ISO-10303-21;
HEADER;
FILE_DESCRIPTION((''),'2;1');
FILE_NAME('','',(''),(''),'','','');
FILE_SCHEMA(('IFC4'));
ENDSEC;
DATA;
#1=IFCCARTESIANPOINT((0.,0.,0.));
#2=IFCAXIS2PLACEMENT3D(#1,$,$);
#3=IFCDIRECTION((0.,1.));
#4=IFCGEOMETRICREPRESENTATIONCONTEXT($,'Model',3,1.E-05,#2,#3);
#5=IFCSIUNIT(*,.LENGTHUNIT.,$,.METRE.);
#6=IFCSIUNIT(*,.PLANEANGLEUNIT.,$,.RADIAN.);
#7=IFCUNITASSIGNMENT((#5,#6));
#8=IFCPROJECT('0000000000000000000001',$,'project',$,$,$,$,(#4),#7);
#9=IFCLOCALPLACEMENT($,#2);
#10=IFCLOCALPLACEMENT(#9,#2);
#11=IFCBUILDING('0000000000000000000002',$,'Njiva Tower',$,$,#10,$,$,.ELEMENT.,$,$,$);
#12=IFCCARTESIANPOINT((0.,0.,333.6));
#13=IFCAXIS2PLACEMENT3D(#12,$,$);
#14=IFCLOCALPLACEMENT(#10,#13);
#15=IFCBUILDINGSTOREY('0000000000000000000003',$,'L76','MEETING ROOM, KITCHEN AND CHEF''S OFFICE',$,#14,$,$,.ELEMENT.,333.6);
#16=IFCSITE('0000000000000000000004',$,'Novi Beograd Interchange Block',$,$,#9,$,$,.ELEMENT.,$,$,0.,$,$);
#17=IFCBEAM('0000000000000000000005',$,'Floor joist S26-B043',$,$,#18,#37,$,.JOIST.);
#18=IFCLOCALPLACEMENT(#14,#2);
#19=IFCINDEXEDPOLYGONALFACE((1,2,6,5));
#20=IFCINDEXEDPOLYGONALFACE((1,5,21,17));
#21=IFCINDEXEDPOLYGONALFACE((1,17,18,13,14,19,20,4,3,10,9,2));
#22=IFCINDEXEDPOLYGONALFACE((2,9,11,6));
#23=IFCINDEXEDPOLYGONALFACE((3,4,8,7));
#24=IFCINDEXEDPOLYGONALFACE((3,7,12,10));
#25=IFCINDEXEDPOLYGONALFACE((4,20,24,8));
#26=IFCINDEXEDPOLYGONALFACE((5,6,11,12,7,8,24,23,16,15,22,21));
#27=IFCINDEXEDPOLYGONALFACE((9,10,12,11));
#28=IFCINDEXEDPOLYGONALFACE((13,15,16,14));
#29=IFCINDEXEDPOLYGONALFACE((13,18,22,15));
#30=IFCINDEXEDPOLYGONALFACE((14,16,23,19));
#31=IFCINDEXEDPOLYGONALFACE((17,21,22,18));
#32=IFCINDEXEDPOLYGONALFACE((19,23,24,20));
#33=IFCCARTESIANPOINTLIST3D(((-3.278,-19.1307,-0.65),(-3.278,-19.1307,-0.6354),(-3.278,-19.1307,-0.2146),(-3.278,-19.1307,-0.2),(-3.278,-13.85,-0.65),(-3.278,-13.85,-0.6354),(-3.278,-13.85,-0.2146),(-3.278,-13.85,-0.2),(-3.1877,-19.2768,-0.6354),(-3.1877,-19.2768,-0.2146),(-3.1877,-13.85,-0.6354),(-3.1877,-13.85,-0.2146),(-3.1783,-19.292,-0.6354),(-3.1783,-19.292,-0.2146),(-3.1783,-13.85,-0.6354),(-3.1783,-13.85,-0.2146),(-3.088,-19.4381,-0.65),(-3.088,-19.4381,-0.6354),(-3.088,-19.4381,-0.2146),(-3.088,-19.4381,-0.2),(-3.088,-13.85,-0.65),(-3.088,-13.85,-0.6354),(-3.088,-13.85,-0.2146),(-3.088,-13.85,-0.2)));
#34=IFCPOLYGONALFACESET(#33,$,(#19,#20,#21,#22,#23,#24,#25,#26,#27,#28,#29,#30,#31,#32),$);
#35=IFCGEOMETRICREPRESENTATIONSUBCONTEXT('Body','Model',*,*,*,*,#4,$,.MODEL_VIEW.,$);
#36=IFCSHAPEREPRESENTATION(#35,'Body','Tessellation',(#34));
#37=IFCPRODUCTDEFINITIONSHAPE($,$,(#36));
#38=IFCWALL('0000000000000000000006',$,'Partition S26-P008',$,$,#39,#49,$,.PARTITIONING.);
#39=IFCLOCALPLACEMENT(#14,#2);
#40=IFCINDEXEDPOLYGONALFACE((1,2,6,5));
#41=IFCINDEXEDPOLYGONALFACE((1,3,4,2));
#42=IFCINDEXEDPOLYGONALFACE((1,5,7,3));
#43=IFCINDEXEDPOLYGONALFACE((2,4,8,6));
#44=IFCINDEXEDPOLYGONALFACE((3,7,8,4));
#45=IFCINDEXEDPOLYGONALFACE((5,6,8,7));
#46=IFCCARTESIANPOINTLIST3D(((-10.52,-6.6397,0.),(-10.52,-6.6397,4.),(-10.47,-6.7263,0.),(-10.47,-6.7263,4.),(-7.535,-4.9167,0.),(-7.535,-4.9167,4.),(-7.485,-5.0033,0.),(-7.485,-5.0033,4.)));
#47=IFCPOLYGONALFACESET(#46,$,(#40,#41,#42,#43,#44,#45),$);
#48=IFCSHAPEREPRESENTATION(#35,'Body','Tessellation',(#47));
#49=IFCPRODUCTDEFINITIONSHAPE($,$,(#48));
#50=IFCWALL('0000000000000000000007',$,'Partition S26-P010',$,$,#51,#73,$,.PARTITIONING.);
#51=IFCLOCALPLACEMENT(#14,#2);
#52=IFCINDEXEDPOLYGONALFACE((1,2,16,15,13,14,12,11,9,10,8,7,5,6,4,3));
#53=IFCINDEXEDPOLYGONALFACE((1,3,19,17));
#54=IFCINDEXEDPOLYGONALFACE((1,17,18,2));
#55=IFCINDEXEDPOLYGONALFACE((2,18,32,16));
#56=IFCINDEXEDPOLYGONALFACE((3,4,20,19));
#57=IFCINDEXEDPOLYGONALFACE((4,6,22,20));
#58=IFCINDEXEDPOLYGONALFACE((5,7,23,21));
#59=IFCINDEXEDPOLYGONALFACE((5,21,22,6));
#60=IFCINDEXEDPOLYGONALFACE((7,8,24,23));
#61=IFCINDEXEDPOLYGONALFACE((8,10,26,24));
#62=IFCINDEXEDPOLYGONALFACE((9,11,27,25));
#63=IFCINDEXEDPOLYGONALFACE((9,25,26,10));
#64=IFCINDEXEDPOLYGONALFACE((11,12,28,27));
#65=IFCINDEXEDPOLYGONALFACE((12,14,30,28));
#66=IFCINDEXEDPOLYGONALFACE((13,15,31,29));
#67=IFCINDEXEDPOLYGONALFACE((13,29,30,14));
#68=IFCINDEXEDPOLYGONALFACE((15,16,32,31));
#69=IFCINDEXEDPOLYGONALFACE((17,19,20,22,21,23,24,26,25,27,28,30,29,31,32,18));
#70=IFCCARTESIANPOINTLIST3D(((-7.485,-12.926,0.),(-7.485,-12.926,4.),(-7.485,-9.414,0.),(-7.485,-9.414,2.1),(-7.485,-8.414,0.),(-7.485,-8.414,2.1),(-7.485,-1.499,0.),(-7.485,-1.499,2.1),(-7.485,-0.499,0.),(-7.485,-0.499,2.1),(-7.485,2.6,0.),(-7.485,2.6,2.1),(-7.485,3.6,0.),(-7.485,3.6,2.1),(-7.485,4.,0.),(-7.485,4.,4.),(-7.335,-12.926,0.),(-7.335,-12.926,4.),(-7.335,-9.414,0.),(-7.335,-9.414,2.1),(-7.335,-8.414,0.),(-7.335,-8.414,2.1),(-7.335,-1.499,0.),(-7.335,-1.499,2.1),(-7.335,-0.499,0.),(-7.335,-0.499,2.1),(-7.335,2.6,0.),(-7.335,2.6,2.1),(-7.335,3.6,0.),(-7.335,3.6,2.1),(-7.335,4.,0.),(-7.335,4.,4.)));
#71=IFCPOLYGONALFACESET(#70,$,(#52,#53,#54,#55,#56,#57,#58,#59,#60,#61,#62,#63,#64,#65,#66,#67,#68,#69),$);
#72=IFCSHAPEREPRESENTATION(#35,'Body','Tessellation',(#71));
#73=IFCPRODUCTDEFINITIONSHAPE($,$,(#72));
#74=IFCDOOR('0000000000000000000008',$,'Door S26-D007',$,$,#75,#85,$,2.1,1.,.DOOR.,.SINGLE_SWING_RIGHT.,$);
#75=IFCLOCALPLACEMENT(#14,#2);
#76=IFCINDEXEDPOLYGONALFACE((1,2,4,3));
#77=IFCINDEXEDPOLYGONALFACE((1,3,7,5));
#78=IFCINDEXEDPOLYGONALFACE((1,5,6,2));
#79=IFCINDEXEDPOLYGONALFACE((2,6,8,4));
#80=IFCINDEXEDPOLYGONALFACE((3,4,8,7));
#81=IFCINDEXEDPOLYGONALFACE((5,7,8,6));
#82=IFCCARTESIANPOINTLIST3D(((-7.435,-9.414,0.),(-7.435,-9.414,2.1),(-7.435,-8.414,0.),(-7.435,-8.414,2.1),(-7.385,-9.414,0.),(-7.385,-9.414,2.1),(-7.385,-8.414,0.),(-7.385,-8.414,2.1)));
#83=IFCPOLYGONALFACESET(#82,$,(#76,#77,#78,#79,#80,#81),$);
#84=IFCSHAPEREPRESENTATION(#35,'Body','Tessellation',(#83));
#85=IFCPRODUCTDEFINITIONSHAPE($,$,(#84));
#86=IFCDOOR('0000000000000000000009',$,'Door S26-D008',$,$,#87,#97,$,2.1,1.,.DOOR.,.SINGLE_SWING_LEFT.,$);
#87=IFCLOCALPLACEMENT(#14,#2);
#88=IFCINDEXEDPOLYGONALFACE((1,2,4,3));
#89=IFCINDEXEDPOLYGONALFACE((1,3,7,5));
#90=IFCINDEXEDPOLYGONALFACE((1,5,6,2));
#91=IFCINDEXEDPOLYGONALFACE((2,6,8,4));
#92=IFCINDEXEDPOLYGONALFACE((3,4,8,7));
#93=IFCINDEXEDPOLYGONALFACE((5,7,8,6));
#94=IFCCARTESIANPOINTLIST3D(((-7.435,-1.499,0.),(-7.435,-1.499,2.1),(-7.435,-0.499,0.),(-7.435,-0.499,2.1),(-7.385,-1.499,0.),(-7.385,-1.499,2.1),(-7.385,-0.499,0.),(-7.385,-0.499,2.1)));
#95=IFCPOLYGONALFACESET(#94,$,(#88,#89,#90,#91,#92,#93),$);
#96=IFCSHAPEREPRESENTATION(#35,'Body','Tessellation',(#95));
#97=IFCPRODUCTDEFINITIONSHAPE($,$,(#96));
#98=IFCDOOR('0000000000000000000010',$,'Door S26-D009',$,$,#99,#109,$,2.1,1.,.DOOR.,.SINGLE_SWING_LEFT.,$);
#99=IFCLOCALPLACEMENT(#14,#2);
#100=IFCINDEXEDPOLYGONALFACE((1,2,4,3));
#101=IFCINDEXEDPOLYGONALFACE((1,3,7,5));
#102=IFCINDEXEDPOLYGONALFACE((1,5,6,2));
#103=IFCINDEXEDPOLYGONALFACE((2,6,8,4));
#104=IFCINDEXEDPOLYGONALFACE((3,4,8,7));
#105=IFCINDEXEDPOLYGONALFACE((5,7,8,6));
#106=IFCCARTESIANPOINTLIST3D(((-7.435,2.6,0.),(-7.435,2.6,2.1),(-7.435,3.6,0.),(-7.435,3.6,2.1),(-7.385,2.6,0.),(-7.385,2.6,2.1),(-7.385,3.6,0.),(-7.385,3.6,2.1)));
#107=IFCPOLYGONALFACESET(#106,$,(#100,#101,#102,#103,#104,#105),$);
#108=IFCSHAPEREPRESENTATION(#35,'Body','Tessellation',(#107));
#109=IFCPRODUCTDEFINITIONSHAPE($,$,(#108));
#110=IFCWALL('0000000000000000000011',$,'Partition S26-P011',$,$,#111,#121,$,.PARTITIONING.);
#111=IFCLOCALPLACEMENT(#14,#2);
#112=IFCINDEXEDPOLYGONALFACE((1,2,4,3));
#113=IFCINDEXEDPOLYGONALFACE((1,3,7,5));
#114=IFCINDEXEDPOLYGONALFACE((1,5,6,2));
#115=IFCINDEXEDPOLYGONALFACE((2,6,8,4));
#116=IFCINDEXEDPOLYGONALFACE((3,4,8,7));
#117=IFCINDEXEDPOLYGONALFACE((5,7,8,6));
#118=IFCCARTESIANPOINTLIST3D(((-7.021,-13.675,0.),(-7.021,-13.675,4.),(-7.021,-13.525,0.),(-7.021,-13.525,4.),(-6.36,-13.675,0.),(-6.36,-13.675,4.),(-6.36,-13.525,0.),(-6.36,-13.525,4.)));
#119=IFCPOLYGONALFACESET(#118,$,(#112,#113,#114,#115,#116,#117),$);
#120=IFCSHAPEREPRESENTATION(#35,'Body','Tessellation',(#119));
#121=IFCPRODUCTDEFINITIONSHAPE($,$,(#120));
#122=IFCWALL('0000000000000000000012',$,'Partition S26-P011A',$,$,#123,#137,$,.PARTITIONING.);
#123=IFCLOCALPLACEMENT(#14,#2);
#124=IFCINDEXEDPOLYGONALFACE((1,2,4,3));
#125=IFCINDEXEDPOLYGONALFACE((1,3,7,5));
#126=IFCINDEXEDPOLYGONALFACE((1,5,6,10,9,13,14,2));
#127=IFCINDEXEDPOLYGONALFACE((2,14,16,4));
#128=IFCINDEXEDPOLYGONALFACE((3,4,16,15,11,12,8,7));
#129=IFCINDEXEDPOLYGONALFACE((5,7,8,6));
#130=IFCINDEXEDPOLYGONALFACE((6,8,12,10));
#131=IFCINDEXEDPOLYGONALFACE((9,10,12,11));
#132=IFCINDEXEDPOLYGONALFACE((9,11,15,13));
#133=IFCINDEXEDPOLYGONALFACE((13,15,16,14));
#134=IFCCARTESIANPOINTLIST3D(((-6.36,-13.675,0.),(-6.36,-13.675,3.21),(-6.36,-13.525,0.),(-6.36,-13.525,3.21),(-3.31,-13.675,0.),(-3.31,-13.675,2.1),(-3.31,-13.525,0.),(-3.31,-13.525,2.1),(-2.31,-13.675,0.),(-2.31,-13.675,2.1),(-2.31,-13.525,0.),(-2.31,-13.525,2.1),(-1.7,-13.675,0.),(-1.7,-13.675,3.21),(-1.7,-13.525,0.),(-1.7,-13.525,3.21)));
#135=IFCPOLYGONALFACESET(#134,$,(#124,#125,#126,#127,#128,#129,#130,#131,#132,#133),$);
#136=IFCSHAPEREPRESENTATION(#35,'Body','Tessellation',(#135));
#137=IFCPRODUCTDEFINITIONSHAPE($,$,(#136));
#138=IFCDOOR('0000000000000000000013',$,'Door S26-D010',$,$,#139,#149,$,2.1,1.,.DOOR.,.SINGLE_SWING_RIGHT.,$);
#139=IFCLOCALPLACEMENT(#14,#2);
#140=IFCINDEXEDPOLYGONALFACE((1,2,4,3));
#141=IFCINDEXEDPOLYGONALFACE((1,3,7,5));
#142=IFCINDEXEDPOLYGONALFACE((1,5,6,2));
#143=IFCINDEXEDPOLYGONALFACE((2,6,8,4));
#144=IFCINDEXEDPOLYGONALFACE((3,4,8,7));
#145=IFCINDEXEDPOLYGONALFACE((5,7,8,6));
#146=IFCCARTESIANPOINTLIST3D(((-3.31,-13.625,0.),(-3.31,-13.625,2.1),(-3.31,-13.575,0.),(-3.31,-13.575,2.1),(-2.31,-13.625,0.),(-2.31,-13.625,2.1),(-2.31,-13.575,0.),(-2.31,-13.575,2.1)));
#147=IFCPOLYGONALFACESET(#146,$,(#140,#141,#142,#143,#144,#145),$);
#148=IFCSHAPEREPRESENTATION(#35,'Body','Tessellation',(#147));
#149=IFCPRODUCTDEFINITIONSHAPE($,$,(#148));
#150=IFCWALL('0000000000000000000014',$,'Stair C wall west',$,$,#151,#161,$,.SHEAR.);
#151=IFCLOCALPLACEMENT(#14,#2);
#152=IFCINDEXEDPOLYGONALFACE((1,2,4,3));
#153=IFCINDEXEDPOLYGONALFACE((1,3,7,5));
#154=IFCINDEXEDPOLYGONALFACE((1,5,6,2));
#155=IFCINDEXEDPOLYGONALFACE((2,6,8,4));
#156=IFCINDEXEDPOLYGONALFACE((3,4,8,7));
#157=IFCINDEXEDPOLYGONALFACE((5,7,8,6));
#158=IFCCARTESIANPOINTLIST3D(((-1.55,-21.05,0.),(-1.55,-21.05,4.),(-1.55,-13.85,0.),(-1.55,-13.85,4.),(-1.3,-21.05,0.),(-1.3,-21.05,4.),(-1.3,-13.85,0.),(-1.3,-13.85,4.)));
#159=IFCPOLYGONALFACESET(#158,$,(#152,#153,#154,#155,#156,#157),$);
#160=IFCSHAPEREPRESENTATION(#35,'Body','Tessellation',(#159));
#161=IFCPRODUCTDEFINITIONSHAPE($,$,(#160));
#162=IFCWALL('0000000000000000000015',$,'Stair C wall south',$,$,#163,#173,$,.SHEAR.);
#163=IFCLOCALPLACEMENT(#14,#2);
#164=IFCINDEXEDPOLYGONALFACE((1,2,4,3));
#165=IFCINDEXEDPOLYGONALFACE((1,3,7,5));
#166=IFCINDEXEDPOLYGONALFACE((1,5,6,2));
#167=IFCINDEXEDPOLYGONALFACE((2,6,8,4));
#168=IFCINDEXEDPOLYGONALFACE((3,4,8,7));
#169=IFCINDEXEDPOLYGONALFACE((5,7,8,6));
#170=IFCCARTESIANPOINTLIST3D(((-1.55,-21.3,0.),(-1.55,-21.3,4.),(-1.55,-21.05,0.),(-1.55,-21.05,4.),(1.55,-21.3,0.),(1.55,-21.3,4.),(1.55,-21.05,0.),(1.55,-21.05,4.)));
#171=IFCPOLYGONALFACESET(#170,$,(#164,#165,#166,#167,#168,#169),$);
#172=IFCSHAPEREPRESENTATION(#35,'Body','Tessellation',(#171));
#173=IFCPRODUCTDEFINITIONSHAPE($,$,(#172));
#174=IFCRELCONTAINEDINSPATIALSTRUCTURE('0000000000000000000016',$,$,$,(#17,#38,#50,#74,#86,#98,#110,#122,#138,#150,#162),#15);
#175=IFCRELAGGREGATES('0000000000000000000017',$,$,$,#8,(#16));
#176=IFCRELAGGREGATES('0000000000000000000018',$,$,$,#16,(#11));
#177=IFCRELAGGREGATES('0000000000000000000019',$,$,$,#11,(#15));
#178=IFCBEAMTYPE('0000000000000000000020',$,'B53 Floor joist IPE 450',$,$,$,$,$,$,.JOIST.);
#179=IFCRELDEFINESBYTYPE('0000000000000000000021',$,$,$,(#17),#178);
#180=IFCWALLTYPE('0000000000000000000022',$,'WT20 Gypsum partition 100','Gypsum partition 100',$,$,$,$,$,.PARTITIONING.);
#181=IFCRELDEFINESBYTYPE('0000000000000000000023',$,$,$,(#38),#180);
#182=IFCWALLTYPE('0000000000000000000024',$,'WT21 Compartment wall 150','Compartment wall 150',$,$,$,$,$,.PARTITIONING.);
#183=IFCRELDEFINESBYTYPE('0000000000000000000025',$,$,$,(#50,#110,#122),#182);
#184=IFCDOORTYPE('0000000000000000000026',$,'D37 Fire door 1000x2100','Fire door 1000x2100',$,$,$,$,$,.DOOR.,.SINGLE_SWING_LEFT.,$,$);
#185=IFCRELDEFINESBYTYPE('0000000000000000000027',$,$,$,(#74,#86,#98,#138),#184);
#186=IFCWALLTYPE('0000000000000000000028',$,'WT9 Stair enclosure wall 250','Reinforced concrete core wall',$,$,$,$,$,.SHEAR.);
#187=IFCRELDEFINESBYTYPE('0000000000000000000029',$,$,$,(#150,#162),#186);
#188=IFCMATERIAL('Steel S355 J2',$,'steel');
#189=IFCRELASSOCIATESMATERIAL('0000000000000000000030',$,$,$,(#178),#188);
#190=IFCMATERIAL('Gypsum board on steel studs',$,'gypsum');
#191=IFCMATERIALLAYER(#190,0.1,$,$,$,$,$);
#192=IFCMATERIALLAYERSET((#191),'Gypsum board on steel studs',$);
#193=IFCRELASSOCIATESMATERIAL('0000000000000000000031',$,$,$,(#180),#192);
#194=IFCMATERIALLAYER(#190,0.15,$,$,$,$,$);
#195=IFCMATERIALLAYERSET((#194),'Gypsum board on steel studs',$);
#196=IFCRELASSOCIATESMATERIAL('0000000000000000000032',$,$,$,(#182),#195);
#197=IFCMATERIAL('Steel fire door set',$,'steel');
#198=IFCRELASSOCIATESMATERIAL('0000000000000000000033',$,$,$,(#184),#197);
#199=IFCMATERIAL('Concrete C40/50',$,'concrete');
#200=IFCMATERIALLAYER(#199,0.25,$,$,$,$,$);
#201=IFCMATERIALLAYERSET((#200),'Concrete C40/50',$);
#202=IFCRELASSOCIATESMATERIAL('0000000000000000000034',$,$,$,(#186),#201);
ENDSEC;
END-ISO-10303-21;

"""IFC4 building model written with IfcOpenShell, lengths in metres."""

from ifc_helpers import new_model, si_unit, direction, frame, frame_2d, origin, origin_2d, place, context, subcontext, project, spatial, rectangle, i_section, extrude, clip, halfspace, material, layer, layer_set, material_profile, profile_set, type_object, element, fill, save


model = new_model("IFC4")

# Units and contexts
model_context = context("Model", 3, precision=1e-05, world=origin(), true_north=direction((0.0, 1.0)))
body_context = subcontext(model_context, "Body", "Model", "MODEL_VIEW")
ifc_project = project(units=[si_unit("LENGTHUNIT", "METRE"), si_unit("PLANEANGLEUNIT", "RADIAN")], contexts=[model_context])

# Site, building, storey
site_placement = place(None, origin())
site = spatial("IfcSite", under=ifc_project, at=site_placement, Name="Novi Beograd Interchange Block", CompositionType="ELEMENT", RefElevation=0.0)
building_placement = place(site_placement, origin())
building = spatial("IfcBuilding", under=site, at=building_placement, Name="Njiva Tower", CompositionType="ELEMENT")
storey_placement = place(building_placement, frame((0.0, 0.0, 333.6)))
storey = spatial("IfcBuildingStorey", under=building, at=storey_placement, Name="L76", Description="MEETING ROOM, KITCHEN AND CHEF'S OFFICE", CompositionType="ELEMENT", Elevation=333.6)

# Shared definitions
ifc_material_1 = material(Name="Steel S355 J2", Category="steel")

# Beam
ifc_material_profile_1 = material_profile(ifc_material_1, i_section(OverallWidth=0.19, OverallDepth=0.45, WebThickness=0.0094, FlangeThickness=0.0146, at=origin_2d()), Name="IPE 450")
ifc_profile_set_1 = profile_set([ifc_material_profile_1], Name="Steel S355 J2")
beam_type_1 = type_object("IfcBeamType", Name="B53 Floor joist IPE 450", PredefinedType="JOIST", material=ifc_profile_set_1)
beam_1_placement = place(storey_placement, frame((-3.183, -13.85, -0.425), z_axis=(0.0, -1.0, 0.0), x_axis=(1.0, 0.0, 0.0)))
element("IfcBeam", 1, at=beam_1_placement, inside=storey, type_object=beam_type_1, Name="Floor joist S26-B043", PredefinedType="JOIST", context=body_context, shape_type="Clipping", body=[
    clip(extrude(i_section(OverallWidth=0.19, OverallDepth=0.45, WebThickness=0.0094, FlangeThickness=0.0146, at=origin_2d()), origin(), (0.0, 0.0, 1.0), 5.608), halfspace(frame((-0.0429, 0.0, 5.365), z_axis=(-0.850616, 0.0, 0.525788), x_axis=(0.0, 1.0, 0.0)), False)),
])

# Wall
ifc_material_2 = material(Name="Gypsum board on steel studs", Category="gypsum")
ifc_layer_1 = layer(ifc_material_2, 0.1)
ifc_layer_set_1 = layer_set([ifc_layer_1], Name="Gypsum board on steel studs")
wall_type_1 = type_object("IfcWallType", Name="WT20 Gypsum partition 100", Description="Gypsum partition 100", PredefinedType="PARTITIONING", material=ifc_layer_set_1)
wall_1_placement = place(storey_placement, frame((-10.495, -6.683, 0.0), z_axis=(0.0, 0.0, 1.0), x_axis=(0.866074, 0.499915, 0.0)))
element("IfcWall", 2, at=wall_1_placement, inside=storey, type_object=wall_type_1, Name="Partition S26-P008", PredefinedType="PARTITIONING", context=body_context, shape_type="SweptSolid", body=[
    extrude(rectangle(XDim=3.4466, YDim=0.1, at=frame_2d((1.7233, 0.0))), origin(), (0.0, 0.0, 1.0), 4.0),
])

# Wall, openings, doors
ifc_layer_2 = layer(ifc_material_2, 0.15)
ifc_layer_set_2 = layer_set([ifc_layer_2], Name="Gypsum board on steel studs")
wall_type_2 = type_object("IfcWallType", Name="WT21 Compartment wall 150", Description="Compartment wall 150", PredefinedType="PARTITIONING", material=ifc_layer_set_2)
wall_2_placement = place(storey_placement, frame((-7.41, -12.926, 0.0), z_axis=(0.0, 0.0, 1.0), x_axis=(0.0, 1.0, 0.0)))
wall_2 = element("IfcWall", 3, at=wall_2_placement, inside=storey, type_object=wall_type_2, Name="Partition S26-P010", PredefinedType="PARTITIONING", context=body_context, shape_type="SweptSolid", body=[
    extrude(rectangle(XDim=16.926, YDim=0.15, at=frame_2d((8.463, 0.0))), origin(), (0.0, 0.0, 1.0), 4.0),
])
opening_1_placement = place(wall_2_placement, frame((3.512, 0.0, 0.0)))
opening_1 = element("IfcOpeningElement", 4, at=opening_1_placement, cuts=wall_2, PredefinedType="OPENING", context=body_context, shape_type="SweptSolid", body=[
    extrude(rectangle(XDim=1.0, YDim=2.1, at=frame_2d((0.5, 1.05))), frame((0.0, 0.085, 0.0), z_axis=(0.0, -1.0, 0.0), x_axis=(1.0, 0.0, 0.0)), (0.0, 0.0, 1.0), 0.17),
])
opening_2_placement = place(wall_2_placement, frame((11.427, 0.0, 0.0)))
opening_2 = element("IfcOpeningElement", 5, at=opening_2_placement, cuts=wall_2, PredefinedType="OPENING", context=body_context, shape_type="SweptSolid", body=[
    extrude(rectangle(XDim=1.0, YDim=2.1, at=frame_2d((0.5, 1.05))), frame((0.0, 0.085, 0.0), z_axis=(0.0, -1.0, 0.0), x_axis=(1.0, 0.0, 0.0)), (0.0, 0.0, 1.0), 0.17),
])
opening_3_placement = place(wall_2_placement, frame((15.526, 0.0, 0.0)))
opening_3 = element("IfcOpeningElement", 6, at=opening_3_placement, cuts=wall_2, PredefinedType="OPENING", context=body_context, shape_type="SweptSolid", body=[
    extrude(rectangle(XDim=1.0, YDim=2.1, at=frame_2d((0.5, 1.05))), frame((0.0, 0.085, 0.0), z_axis=(0.0, -1.0, 0.0), x_axis=(1.0, 0.0, 0.0)), (0.0, 0.0, 1.0), 0.17),
])
ifc_material_3 = material(Name="Steel fire door set", Category="steel")
door_type = type_object("IfcDoorType", Name="D37 Fire door 1000x2100", Description="Fire door 1000x2100", OperationType="SINGLE_SWING_LEFT", PredefinedType="DOOR", material=ifc_material_3)
door_1_placement = place(opening_1_placement, origin())
door_1 = element("IfcDoor", 7, at=door_1_placement, inside=storey, type_object=door_type, Name="Door S26-D007", OperationType="SINGLE_SWING_RIGHT", OverallHeight=2.1, OverallWidth=1.0, PredefinedType="DOOR", context=body_context, shape_type="SweptSolid", body=[
    extrude(rectangle(XDim=1.0, YDim=2.1, at=frame_2d((0.5, 1.05))), frame((0.0, 0.025, 0.0), z_axis=(0.0, -1.0, 0.0), x_axis=(1.0, 0.0, 0.0)), (0.0, 0.0, 1.0), 0.05),
])
fill(opening_1, door_1)
door_2_placement = place(opening_2_placement, origin())
door_2 = element("IfcDoor", 8, at=door_2_placement, inside=storey, type_object=door_type, Name="Door S26-D008", OperationType="SINGLE_SWING_LEFT", OverallHeight=2.1, OverallWidth=1.0, PredefinedType="DOOR", context=body_context, shape_type="SweptSolid", body=[
    extrude(rectangle(XDim=1.0, YDim=2.1, at=frame_2d((0.5, 1.05))), frame((0.0, 0.025, 0.0), z_axis=(0.0, -1.0, 0.0), x_axis=(1.0, 0.0, 0.0)), (0.0, 0.0, 1.0), 0.05),
])
fill(opening_2, door_2)
door_3_placement = place(opening_3_placement, origin())
door_3 = element("IfcDoor", 9, at=door_3_placement, inside=storey, type_object=door_type, Name="Door S26-D009", OperationType="SINGLE_SWING_LEFT", OverallHeight=2.1, OverallWidth=1.0, PredefinedType="DOOR", context=body_context, shape_type="SweptSolid", body=[
    extrude(rectangle(XDim=1.0, YDim=2.1, at=frame_2d((0.5, 1.05))), frame((0.0, 0.025, 0.0), z_axis=(0.0, -1.0, 0.0), x_axis=(1.0, 0.0, 0.0)), (0.0, 0.0, 1.0), 0.05),
])
fill(opening_3, door_3)

# Wall
wall_3_placement = place(storey_placement, frame((-7.021, -13.6, 0.0), z_axis=(0.0, 0.0, 1.0), x_axis=(1.0, 0.0, 0.0)))
element("IfcWall", 10, at=wall_3_placement, inside=storey, type_object=wall_type_2, Name="Partition S26-P011", PredefinedType="PARTITIONING", context=body_context, shape_type="SweptSolid", body=[
    extrude(rectangle(XDim=0.661, YDim=0.15, at=frame_2d((0.3305, 0.0))), origin(), (0.0, 0.0, 1.0), 4.0),
])

# Wall, opening, door
wall_4_placement = place(storey_placement, frame((-6.36, -13.6, 0.0), z_axis=(0.0, 0.0, 1.0), x_axis=(1.0, 0.0, 0.0)))
wall_4 = element("IfcWall", 11, at=wall_4_placement, inside=storey, type_object=wall_type_2, Name="Partition S26-P011A", PredefinedType="PARTITIONING", context=body_context, shape_type="SweptSolid", body=[
    extrude(rectangle(XDim=4.66, YDim=0.15, at=frame_2d((2.33, 0.0))), origin(), (0.0, 0.0, 1.0), 3.21),
])
opening_4_placement = place(wall_4_placement, frame((3.05, 0.0, 0.0)))
opening_4 = element("IfcOpeningElement", 12, at=opening_4_placement, cuts=wall_4, PredefinedType="OPENING", context=body_context, shape_type="SweptSolid", body=[
    extrude(rectangle(XDim=1.0, YDim=2.1, at=frame_2d((0.5, 1.05))), frame((0.0, 0.085, 0.0), z_axis=(0.0, -1.0, 0.0), x_axis=(1.0, 0.0, 0.0)), (0.0, 0.0, 1.0), 0.17),
])
door_4_placement = place(opening_4_placement, origin())
door_4 = element("IfcDoor", 13, at=door_4_placement, inside=storey, type_object=door_type, Name="Door S26-D010", OperationType="SINGLE_SWING_RIGHT", OverallHeight=2.1, OverallWidth=1.0, PredefinedType="DOOR", context=body_context, shape_type="SweptSolid", body=[
    extrude(rectangle(XDim=1.0, YDim=2.1, at=frame_2d((0.5, 1.05))), frame((0.0, 0.025, 0.0), z_axis=(0.0, -1.0, 0.0), x_axis=(1.0, 0.0, 0.0)), (0.0, 0.0, 1.0), 0.05),
])
fill(opening_4, door_4)

# Walls
ifc_material_4 = material(Name="Concrete C40/50", Category="concrete")
ifc_layer_3 = layer(ifc_material_4, 0.25)
ifc_layer_set_3 = layer_set([ifc_layer_3], Name="Concrete C40/50")
wall_type_3 = type_object("IfcWallType", Name="WT9 Stair enclosure wall 250", Description="Reinforced concrete core wall", PredefinedType="SHEAR", material=ifc_layer_set_3)
wall_5_placement = place(storey_placement, frame((-1.425, -21.05, 0.0), z_axis=(0.0, 0.0, 1.0), x_axis=(0.0, 1.0, 0.0)))
element("IfcWall", 14, at=wall_5_placement, inside=storey, type_object=wall_type_3, Name="Stair C wall west", PredefinedType="SHEAR", context=body_context, shape_type="SweptSolid", body=[
    extrude(rectangle(XDim=7.2, YDim=0.25, at=frame_2d((3.6, 0.0))), origin(), (0.0, 0.0, 1.0), 4.0),
])
for number, where, z_axis, x_axis, name in (
    (15, (-1.55, -21.175, 0.0), (0.0, 0.0, 1.0), (1.0, 0.0, 0.0), "Stair C wall south"),
):
    element("IfcWall", number, at=place(storey_placement, frame(where, z_axis=z_axis, x_axis=x_axis)), inside=storey, type_object=wall_type_3, Name=name, PredefinedType="SHEAR", context=body_context, shape_type="SweptSolid", body=[
        extrude(rectangle(XDim=3.1, YDim=0.25, at=frame_2d((1.55, 0.0))), origin(), (0.0, 0.0, 1.0), 4.0),
    ])

save(model, "model.ifc")
